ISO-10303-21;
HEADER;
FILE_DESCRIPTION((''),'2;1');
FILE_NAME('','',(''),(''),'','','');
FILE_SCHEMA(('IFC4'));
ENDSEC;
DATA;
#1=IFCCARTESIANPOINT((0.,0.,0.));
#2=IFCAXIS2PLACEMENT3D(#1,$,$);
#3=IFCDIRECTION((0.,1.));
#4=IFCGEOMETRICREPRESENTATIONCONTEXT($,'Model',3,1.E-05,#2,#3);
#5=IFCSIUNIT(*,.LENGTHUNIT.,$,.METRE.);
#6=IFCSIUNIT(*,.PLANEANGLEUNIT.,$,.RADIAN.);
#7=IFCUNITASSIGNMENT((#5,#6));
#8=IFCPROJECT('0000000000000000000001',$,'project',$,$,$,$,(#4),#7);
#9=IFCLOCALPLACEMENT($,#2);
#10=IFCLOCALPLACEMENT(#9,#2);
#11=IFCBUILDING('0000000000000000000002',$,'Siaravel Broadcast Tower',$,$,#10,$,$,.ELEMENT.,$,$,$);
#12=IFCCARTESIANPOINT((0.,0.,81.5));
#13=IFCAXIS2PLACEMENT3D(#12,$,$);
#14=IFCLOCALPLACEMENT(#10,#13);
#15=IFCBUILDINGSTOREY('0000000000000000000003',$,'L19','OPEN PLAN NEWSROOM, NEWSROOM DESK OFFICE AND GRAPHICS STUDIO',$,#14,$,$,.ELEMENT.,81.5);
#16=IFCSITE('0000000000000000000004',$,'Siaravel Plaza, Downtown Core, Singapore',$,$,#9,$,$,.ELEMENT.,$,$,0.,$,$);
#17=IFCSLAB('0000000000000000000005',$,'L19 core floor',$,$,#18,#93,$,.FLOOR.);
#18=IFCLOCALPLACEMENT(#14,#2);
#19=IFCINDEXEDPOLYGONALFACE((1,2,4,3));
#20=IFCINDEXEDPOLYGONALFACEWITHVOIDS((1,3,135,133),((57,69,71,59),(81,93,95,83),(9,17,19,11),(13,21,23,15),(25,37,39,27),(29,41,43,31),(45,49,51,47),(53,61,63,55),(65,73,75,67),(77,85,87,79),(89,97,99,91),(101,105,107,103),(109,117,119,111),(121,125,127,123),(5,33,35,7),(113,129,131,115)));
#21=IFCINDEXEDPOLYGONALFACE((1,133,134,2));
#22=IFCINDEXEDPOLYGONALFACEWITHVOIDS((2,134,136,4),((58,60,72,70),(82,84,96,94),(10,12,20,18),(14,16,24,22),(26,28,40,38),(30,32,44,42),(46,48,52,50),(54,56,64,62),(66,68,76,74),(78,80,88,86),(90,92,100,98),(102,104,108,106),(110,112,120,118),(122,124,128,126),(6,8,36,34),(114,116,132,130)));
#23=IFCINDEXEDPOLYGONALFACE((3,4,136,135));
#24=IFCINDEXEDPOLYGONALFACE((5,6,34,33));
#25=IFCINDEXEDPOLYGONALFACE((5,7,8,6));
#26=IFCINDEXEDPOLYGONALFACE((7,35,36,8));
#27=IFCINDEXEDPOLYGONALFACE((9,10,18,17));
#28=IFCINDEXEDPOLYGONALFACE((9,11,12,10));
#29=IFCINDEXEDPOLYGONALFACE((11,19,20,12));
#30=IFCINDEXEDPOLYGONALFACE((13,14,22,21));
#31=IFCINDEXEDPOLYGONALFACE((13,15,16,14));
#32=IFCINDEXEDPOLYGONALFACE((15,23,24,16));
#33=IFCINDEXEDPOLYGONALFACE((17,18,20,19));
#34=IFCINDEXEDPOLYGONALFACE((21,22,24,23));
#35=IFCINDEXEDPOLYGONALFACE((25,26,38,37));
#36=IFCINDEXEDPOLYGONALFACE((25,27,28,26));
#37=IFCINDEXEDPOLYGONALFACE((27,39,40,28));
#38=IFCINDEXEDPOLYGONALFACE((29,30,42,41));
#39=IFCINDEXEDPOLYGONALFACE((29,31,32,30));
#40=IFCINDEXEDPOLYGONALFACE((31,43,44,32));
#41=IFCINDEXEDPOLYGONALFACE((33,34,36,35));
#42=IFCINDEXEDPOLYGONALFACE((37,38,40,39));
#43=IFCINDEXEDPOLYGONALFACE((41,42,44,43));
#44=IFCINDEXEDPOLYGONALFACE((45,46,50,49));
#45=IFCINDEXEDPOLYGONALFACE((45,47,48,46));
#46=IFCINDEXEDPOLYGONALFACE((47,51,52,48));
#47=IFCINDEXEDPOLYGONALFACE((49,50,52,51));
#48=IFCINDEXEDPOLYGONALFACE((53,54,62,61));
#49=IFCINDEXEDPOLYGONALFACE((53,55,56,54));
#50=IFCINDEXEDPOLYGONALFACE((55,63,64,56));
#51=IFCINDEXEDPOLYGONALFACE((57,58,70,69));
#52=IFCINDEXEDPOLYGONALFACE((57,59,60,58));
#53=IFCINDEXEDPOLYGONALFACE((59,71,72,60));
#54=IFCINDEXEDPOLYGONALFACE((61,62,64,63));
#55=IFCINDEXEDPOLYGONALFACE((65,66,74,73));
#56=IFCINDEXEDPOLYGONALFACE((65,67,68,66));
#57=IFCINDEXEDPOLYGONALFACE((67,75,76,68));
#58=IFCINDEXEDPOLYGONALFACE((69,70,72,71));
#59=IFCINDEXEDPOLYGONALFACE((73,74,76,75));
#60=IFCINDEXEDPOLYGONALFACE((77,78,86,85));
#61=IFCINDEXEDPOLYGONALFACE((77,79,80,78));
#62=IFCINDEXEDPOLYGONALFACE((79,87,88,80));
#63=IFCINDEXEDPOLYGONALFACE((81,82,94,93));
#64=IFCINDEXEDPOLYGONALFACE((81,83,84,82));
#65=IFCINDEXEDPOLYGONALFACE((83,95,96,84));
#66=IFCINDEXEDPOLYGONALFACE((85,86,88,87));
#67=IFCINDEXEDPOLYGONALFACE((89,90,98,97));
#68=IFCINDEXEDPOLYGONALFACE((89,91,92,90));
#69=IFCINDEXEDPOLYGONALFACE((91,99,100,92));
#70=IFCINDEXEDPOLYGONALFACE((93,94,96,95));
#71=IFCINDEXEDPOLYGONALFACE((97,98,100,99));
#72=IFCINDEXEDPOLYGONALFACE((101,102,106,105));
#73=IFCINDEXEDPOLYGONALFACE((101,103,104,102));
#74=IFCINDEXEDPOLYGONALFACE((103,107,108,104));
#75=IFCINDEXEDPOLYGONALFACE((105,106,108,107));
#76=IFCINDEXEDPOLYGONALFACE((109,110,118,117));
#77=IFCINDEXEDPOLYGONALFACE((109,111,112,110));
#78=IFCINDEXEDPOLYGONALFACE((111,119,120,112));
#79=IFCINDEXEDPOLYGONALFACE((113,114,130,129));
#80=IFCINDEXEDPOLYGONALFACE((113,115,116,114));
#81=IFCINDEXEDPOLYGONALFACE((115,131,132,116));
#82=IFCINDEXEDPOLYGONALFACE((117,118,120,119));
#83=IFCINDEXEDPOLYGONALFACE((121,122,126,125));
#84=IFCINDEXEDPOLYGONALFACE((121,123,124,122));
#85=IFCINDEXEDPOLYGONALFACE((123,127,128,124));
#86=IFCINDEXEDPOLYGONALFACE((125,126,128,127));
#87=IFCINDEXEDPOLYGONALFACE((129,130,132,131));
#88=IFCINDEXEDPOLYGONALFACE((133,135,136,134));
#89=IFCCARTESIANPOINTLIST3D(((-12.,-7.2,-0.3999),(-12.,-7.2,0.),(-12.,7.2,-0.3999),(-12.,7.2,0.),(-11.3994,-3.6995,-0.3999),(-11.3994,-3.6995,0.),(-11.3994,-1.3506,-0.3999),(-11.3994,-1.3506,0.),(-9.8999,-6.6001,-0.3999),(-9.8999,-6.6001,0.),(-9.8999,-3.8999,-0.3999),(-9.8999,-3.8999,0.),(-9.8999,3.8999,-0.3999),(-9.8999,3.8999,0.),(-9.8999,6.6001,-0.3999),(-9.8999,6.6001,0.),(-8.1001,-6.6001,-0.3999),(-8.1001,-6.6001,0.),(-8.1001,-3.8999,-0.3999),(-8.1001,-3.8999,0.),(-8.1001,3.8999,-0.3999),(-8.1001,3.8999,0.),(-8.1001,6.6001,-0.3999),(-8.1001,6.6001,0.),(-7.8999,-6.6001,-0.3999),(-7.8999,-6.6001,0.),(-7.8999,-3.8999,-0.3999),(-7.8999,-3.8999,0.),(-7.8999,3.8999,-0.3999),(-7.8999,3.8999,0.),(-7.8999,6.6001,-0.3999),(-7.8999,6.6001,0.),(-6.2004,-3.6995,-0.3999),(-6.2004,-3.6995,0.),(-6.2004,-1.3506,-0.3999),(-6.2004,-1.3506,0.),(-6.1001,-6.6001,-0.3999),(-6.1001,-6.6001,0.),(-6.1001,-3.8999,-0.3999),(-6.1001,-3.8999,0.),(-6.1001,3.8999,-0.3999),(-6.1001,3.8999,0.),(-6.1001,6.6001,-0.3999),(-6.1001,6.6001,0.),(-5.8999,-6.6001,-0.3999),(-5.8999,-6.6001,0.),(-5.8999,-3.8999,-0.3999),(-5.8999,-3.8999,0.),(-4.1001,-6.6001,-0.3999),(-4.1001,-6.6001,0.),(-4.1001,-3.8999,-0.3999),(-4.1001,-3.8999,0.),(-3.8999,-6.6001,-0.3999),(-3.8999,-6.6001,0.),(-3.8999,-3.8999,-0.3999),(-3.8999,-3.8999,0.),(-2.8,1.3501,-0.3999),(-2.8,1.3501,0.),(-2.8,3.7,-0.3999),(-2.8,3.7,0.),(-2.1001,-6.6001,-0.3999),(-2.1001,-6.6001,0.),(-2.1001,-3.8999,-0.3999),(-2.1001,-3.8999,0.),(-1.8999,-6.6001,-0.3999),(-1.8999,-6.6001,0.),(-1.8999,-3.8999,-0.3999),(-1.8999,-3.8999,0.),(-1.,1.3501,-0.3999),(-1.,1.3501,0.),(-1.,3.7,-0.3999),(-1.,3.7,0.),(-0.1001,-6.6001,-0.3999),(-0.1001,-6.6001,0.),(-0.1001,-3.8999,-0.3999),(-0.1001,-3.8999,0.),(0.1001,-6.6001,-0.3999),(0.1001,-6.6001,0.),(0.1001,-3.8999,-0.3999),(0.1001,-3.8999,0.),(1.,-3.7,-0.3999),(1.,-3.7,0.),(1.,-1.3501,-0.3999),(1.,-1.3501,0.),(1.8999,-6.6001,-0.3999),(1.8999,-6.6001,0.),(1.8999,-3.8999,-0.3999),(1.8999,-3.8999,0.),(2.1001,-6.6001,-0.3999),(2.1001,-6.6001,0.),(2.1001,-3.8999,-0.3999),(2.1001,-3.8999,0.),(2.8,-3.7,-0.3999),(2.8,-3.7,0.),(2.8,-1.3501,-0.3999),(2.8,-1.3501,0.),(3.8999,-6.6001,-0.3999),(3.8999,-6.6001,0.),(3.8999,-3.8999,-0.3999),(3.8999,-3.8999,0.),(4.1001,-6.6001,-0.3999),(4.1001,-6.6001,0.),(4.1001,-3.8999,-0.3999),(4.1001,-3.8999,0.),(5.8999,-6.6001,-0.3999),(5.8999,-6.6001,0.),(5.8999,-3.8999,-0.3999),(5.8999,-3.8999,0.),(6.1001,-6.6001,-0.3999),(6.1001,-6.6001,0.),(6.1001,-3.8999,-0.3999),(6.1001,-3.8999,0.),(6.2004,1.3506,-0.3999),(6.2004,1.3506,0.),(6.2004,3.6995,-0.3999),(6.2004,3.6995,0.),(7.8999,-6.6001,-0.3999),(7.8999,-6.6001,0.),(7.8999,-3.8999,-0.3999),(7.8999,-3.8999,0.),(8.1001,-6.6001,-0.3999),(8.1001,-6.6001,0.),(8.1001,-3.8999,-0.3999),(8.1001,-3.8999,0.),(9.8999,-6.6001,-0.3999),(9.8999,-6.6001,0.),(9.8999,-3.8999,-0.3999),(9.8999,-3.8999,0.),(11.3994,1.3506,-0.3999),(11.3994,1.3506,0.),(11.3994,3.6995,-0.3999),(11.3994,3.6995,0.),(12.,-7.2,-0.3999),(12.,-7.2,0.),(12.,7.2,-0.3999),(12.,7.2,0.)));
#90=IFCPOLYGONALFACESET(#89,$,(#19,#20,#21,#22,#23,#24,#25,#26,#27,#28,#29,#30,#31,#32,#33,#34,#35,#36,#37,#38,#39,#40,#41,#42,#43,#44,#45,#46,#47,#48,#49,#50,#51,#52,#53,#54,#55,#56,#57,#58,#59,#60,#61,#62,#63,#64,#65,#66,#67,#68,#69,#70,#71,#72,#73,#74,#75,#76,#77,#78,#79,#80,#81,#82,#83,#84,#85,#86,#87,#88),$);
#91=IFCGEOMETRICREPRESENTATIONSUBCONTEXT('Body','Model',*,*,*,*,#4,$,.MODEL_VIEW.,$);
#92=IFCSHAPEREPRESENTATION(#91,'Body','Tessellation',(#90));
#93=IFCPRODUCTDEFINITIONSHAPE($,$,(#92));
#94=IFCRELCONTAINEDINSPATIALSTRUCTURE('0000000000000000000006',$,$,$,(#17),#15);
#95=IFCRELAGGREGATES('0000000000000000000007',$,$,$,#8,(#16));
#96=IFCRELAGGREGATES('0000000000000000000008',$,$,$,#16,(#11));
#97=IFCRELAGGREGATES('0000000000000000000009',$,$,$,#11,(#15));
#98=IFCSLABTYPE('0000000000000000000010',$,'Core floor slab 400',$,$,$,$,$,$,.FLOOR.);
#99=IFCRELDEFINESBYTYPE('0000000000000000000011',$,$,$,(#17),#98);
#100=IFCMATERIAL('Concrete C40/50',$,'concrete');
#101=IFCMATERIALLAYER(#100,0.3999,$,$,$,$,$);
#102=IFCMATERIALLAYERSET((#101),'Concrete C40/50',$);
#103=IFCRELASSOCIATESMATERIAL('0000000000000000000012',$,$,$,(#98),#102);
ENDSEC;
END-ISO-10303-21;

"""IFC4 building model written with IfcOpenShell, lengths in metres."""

from ifc_helpers import new_model, si_unit, direction, frame, origin, place, context, subcontext, project, spatial, polyline, outline, extrude, material, layer, layer_set, type_object, element, save


model = new_model("IFC4")

# Units and contexts
model_context = context("Model", 3, precision=1e-05, world=origin(), true_north=direction((0.0, 1.0)))
body_context = subcontext(model_context, "Body", "Model", "MODEL_VIEW")
ifc_project = project(units=[si_unit("LENGTHUNIT", "METRE"), si_unit("PLANEANGLEUNIT", "RADIAN")], contexts=[model_context])

# Site, building, storey
site_placement = place(None, origin())
site = spatial("IfcSite", under=ifc_project, at=site_placement, Name="Siaravel Plaza, Downtown Core, Singapore", CompositionType="ELEMENT", RefElevation=0.0)
building_placement = place(site_placement, origin())
building = spatial("IfcBuilding", under=site, at=building_placement, Name="Siaravel Broadcast Tower", CompositionType="ELEMENT")
storey_placement = place(building_placement, frame((0.0, 0.0, 81.5)))
storey = spatial("IfcBuildingStorey", under=building, at=storey_placement, Name="L19", Description="OPEN PLAN NEWSROOM, NEWSROOM DESK OFFICE AND GRAPHICS STUDIO", CompositionType="ELEMENT", Elevation=81.5)

# Slab
ifc_material_1 = material(Name="Concrete C40/50", Category="concrete")
ifc_layer_1 = layer(ifc_material_1, 0.3999)
ifc_layer_set_1 = layer_set([ifc_layer_1], Name="Concrete C40/50")
slab_type_1 = type_object("IfcSlabType", Name="Core floor slab 400", PredefinedType="FLOOR", material=ifc_layer_set_1)
slab_1_placement = place(storey_placement, frame((0.0, 0.0, -0.3999)))
element("IfcSlab", 1, at=slab_1_placement, inside=storey, type_object=slab_type_1, Name="L19 core floor", PredefinedType="FLOOR", context=body_context, shape_type="SweptSolid", body=[
    extrude(outline(polyline([(-12.0, -7.2), (-12.0, 7.2), (12.0, 7.2), (12.0, -7.2), (-12.0, -7.2)]), holes=[polyline([(11.3994, 1.3506), (11.3994, 3.6995), (6.2004, 3.6995), (6.2004, 1.3506), (11.3994, 1.3506)]), polyline([(9.8999, -3.8999), (8.1001, -3.8999), (8.1001, -6.6001), (9.8999, -6.6001), (9.8999, -3.8999)]), polyline([(7.8999, -3.8999), (6.1001, -3.8999), (6.1001, -6.6001), (7.8999, -6.6001), (7.8999, -3.8999)]), polyline([(5.8999, -3.8999), (4.1001, -3.8999), (4.1001, -6.6001), (5.8999, -6.6001), (5.8999, -3.8999)]), polyline([(3.8999, -3.8999), (2.1001, -3.8999), (2.1001, -6.6001), (3.8999, -6.6001), (3.8999, -3.8999)]), polyline([(2.8, -1.3501), (1.0, -1.3501), (1.0, -3.7), (2.8, -3.7), (2.8, -1.3501)]), polyline([(1.8999, -3.8999), (0.1001, -3.8999), (0.1001, -6.6001), (1.8999, -6.6001), (1.8999, -3.8999)]), polyline([(-0.1001, -3.8999), (-1.8999, -3.8999), (-1.8999, -6.6001), (-0.1001, -6.6001), (-0.1001, -3.8999)]), polyline([(-1.0, 3.7), (-2.8, 3.7), (-2.8, 1.3501), (-1.0, 1.3501), (-1.0, 3.7)]), polyline([(-2.1001, -3.8999), (-3.8999, -3.8999), (-3.8999, -6.6001), (-2.1001, -6.6001), (-2.1001, -3.8999)]), polyline([(-4.1001, -3.8999), (-5.8999, -3.8999), (-5.8999, -6.6001), (-4.1001, -6.6001), (-4.1001, -3.8999)]), polyline([(-6.1001, -3.8999), (-7.8999, -3.8999), (-7.8999, -6.6001), (-6.1001, -6.6001), (-6.1001, -3.8999)]), polyline([(-6.1001, 6.6001), (-7.8999, 6.6001), (-7.8999, 3.8999), (-6.1001, 3.8999), (-6.1001, 6.6001)]), polyline([(-11.3994, -1.3506), (-11.3994, -3.6995), (-6.2004, -3.6995), (-6.2004, -1.3506), (-11.3994, -1.3506)]), polyline([(-8.1001, -3.8999), (-9.8999, -3.8999), (-9.8999, -6.6001), (-8.1001, -6.6001), (-8.1001, -3.8999)]), polyline([(-8.1001, 6.6001), (-9.8999, 6.6001), (-9.8999, 3.8999), (-8.1001, 3.8999), (-8.1001, 6.6001)])]), origin(), (0.0, 0.0, 1.0), 0.3999),
])

save(model, "model.ifc")
